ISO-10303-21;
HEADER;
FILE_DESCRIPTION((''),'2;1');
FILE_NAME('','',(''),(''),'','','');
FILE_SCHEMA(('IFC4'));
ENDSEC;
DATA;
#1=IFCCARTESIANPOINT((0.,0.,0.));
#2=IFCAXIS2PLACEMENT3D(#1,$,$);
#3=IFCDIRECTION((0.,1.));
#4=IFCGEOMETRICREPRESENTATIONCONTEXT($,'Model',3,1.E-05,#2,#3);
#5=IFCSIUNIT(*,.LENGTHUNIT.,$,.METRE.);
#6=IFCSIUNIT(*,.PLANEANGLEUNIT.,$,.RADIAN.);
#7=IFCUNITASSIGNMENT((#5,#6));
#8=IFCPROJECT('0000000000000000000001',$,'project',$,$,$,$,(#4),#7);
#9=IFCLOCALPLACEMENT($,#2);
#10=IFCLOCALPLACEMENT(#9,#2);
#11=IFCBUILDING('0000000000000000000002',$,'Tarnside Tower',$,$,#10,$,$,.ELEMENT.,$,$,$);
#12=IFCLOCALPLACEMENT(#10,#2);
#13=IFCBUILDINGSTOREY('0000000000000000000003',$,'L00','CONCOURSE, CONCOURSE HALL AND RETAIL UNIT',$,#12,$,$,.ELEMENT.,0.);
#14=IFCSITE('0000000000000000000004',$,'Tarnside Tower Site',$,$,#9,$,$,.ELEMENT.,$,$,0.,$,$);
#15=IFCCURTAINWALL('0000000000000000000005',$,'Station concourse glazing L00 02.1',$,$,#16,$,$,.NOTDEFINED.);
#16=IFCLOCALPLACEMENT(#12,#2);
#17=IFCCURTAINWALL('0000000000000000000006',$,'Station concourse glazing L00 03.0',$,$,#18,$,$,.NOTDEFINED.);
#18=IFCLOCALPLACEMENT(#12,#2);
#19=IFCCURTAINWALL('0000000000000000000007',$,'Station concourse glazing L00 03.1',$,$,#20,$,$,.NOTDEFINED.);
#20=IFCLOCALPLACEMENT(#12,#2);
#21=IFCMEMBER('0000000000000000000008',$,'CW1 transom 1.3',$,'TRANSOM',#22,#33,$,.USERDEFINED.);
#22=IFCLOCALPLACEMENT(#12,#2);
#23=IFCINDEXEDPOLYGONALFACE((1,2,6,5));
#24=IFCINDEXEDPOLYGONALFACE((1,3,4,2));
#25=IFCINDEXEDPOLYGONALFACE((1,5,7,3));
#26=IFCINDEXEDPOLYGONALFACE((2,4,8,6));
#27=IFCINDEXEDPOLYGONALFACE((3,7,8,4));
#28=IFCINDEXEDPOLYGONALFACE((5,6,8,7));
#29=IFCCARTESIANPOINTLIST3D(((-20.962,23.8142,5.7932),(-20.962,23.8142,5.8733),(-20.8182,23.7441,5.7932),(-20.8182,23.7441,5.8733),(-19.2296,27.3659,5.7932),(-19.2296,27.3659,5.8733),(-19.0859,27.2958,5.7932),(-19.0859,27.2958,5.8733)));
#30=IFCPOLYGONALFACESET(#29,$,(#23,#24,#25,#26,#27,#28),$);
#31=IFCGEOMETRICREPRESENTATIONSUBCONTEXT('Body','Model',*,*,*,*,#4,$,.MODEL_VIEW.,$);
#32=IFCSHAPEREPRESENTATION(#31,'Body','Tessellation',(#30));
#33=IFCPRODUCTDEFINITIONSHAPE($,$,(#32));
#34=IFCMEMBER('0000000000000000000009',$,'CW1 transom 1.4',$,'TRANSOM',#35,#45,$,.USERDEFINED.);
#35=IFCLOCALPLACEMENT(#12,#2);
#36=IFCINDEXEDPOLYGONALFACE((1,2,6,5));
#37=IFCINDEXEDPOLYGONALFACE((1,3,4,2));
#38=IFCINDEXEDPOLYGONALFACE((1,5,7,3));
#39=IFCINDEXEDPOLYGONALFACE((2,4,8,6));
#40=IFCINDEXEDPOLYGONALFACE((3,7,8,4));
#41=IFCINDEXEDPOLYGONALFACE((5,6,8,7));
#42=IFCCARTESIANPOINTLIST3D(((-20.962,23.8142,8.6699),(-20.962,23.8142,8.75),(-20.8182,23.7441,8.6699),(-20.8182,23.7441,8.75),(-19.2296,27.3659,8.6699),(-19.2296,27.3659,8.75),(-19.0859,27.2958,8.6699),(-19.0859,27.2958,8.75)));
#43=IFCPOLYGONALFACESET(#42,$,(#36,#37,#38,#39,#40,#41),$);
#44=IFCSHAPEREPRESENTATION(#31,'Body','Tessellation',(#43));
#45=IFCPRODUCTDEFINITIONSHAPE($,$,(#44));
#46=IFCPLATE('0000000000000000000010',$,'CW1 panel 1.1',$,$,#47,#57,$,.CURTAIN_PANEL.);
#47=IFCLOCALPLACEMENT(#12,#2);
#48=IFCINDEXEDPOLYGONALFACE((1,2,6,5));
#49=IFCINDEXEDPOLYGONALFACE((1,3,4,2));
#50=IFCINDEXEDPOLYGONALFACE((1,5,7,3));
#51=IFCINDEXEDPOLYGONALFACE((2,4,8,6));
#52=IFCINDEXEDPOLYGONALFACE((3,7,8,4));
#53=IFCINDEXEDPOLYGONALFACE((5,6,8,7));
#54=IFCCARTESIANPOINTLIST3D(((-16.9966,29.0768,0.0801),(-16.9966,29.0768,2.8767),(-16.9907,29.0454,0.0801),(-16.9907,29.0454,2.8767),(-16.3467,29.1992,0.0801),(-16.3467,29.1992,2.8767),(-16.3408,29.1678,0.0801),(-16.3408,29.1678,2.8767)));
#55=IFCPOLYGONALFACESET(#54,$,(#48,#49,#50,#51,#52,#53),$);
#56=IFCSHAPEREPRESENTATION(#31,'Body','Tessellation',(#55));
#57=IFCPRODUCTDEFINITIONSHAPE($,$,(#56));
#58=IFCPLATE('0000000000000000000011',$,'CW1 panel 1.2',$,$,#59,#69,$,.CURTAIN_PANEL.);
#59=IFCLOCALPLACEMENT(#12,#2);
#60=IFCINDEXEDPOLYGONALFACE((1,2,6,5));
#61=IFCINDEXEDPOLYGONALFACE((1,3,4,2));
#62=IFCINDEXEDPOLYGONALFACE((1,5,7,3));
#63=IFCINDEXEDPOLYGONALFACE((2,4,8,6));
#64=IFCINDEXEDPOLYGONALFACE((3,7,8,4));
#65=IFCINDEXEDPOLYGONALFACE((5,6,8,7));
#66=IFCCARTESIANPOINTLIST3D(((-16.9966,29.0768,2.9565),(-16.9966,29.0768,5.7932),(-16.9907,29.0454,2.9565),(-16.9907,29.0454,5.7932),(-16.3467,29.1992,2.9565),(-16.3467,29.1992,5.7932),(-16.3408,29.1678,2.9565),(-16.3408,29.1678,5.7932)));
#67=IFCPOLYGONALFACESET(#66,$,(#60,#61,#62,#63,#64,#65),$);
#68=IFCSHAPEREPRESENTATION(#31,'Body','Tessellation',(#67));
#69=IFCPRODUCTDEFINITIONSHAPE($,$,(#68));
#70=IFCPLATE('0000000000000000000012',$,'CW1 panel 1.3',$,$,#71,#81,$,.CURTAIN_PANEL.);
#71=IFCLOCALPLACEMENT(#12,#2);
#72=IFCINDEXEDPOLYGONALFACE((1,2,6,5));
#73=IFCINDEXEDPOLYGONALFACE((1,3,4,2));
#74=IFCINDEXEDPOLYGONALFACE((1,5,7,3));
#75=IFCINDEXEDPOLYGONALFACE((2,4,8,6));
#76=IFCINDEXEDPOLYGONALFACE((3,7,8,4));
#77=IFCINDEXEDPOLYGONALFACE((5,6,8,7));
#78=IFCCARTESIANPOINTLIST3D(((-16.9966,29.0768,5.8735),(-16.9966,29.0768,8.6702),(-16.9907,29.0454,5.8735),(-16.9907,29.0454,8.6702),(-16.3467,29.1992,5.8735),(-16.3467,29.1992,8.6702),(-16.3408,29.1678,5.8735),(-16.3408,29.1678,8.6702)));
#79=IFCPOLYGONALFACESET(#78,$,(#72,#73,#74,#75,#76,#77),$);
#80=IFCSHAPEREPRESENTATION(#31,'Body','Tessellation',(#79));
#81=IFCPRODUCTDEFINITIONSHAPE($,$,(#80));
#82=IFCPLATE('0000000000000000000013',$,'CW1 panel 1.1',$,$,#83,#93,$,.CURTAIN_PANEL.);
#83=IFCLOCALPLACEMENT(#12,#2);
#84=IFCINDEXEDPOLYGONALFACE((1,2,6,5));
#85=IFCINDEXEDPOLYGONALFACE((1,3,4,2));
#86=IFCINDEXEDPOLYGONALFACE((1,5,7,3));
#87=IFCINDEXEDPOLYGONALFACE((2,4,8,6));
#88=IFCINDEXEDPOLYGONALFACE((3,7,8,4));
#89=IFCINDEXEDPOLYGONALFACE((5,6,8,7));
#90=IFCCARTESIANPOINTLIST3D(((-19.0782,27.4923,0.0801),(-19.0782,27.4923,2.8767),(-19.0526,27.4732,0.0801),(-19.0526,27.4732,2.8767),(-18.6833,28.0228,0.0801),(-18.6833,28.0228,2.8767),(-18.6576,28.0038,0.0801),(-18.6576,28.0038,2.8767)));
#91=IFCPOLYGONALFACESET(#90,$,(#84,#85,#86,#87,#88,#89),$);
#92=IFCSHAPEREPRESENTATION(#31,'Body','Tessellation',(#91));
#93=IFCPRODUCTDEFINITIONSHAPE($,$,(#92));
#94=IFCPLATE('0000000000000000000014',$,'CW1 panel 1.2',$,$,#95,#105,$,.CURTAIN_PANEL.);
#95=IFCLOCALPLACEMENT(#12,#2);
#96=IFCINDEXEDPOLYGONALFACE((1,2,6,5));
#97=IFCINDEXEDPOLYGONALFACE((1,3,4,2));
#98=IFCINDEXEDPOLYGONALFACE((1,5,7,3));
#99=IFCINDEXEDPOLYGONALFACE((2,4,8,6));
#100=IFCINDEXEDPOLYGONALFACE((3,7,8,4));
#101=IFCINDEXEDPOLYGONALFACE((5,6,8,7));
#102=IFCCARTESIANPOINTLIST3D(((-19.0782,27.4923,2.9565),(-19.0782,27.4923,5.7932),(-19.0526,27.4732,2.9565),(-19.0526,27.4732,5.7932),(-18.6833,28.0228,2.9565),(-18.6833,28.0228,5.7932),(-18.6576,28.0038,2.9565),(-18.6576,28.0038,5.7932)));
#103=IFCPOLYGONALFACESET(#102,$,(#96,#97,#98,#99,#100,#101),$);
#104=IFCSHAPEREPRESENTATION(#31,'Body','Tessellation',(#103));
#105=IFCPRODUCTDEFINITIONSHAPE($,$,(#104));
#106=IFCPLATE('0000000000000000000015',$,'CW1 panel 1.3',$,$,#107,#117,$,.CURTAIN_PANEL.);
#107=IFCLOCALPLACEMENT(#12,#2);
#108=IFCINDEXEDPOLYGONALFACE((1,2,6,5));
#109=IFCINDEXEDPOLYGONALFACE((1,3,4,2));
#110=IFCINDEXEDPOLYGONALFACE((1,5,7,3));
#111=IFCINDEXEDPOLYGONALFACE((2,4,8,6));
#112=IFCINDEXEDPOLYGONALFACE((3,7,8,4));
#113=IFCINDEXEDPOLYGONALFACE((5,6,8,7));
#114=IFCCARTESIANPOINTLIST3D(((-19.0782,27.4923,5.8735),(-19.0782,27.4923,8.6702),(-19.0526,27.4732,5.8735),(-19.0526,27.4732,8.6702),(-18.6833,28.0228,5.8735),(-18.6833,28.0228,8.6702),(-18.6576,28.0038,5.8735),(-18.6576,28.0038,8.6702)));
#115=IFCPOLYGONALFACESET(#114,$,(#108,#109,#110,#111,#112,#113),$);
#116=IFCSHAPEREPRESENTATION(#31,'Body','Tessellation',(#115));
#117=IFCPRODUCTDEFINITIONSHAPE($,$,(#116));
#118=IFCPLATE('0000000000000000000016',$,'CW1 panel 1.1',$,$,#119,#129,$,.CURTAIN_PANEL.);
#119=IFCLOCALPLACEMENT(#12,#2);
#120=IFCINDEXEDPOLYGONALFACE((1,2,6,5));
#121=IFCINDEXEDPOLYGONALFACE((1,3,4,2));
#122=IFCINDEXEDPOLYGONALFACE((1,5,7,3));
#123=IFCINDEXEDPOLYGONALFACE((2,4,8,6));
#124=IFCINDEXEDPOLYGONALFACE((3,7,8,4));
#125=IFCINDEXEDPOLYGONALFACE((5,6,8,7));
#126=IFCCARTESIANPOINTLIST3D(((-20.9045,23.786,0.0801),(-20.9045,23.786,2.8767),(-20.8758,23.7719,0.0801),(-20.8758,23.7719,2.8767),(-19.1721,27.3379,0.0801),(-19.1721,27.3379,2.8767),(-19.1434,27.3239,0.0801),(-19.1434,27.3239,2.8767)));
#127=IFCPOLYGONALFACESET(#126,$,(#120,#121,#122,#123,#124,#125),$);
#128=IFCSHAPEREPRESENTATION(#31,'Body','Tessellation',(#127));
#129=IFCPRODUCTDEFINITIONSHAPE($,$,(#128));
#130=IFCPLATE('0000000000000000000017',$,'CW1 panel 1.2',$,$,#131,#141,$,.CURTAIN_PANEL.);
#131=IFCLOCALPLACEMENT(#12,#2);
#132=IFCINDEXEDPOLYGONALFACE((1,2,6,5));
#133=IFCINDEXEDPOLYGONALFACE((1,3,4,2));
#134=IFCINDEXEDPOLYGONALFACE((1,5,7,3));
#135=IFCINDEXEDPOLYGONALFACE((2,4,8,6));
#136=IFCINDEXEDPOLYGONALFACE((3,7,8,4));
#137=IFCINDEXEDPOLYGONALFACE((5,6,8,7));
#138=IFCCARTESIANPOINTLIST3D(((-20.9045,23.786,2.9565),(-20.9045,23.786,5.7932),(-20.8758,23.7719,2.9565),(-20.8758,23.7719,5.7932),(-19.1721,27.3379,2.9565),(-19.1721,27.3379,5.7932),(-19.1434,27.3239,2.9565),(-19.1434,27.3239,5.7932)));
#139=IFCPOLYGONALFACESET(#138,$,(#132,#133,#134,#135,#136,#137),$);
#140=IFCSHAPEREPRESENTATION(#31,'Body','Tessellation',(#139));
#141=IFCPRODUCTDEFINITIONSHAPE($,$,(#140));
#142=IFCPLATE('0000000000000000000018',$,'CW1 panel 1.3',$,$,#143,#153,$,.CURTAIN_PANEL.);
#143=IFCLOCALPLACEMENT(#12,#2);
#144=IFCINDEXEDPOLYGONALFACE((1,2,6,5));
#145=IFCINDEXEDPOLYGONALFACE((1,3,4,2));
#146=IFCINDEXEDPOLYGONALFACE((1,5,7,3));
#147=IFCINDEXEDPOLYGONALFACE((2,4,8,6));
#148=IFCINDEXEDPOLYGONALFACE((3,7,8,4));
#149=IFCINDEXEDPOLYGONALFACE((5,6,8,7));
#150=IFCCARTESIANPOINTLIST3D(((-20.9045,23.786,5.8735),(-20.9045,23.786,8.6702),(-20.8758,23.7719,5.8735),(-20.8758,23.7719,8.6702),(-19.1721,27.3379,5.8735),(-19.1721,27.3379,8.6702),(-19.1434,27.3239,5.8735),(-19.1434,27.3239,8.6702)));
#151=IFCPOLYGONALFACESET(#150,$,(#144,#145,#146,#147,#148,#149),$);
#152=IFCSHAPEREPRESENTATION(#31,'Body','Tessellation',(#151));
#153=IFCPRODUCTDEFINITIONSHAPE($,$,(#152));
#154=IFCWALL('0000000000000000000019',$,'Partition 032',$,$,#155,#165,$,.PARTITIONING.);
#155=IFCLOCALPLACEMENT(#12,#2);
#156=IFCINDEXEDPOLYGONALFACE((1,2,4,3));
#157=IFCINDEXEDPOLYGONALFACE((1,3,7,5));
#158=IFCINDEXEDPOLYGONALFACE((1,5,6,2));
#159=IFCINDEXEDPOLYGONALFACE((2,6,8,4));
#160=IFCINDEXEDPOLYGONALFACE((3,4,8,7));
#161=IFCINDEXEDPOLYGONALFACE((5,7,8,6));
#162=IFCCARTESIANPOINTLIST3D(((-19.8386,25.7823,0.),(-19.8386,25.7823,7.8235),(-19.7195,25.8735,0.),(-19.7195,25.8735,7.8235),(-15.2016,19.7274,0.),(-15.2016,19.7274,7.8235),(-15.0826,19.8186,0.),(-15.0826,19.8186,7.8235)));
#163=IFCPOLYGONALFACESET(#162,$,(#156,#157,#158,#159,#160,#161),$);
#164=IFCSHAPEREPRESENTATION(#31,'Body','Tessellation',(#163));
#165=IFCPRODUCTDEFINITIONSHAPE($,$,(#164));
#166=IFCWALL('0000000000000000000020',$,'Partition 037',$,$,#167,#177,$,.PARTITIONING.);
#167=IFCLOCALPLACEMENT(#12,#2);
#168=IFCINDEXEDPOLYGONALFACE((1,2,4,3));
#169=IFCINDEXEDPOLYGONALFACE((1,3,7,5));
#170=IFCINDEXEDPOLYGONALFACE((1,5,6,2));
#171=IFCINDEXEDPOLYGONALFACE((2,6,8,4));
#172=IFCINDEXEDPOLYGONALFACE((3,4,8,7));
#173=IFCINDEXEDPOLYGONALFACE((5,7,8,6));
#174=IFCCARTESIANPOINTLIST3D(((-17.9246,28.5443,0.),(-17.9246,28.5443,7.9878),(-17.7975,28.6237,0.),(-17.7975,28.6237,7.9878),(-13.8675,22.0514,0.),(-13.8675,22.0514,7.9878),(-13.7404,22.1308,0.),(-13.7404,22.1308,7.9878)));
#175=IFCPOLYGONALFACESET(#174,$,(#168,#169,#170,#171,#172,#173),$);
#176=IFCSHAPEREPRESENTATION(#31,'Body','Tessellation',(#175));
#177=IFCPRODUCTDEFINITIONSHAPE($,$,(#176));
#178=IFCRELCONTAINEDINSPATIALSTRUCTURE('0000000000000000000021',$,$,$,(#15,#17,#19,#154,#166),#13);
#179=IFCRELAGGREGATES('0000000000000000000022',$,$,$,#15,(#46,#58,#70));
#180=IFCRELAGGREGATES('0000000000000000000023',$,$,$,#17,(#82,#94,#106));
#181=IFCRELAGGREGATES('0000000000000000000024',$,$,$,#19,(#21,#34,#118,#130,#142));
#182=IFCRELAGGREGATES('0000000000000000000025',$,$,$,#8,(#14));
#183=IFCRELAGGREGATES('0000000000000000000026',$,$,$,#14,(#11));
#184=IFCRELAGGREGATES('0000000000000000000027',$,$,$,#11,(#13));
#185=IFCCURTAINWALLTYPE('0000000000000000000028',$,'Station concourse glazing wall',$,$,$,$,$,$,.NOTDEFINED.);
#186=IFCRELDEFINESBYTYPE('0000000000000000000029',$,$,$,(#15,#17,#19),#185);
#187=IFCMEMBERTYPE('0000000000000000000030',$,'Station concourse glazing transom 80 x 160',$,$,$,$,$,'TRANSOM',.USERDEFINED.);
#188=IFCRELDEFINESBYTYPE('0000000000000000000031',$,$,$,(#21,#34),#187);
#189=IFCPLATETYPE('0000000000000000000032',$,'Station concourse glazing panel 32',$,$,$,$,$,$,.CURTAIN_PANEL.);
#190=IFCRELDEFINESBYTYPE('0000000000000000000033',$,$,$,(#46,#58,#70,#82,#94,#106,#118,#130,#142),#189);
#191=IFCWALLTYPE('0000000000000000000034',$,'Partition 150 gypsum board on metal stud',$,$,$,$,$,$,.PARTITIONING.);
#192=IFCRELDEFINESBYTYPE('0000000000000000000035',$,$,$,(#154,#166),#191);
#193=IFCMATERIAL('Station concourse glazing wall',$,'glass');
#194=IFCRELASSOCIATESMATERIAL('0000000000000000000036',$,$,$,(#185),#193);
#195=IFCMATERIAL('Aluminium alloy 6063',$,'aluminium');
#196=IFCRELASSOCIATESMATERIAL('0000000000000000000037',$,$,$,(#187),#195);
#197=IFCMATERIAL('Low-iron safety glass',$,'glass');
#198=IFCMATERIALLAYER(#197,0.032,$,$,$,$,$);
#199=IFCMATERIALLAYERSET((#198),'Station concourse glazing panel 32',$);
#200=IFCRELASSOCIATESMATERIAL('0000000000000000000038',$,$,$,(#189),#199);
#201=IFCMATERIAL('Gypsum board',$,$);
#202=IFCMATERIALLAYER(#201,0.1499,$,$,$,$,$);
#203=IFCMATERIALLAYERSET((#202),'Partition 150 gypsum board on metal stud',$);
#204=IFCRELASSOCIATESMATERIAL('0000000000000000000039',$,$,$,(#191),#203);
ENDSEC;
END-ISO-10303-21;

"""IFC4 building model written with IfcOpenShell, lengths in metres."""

from ifc_helpers import new_model, si_unit, direction, frame, frame_2d, origin, origin_2d, place, context, subcontext, project, spatial, rectangle, extrude, material, layer, layer_set, material_profile, profile_set, type_object, element, aggregate, save


model = new_model("IFC4")

# Units and contexts
model_context = context("Model", 3, precision=1e-05, world=origin(), true_north=direction((0.0, 1.0)))
body_context = subcontext(model_context, "Body", "Model", "MODEL_VIEW")
ifc_project = project(units=[si_unit("LENGTHUNIT", "METRE"), si_unit("PLANEANGLEUNIT", "RADIAN")], contexts=[model_context])

# Site, building, storey
site_placement = place(None, origin())
site = spatial("IfcSite", under=ifc_project, at=site_placement, Name="Tarnside Tower Site", CompositionType="ELEMENT", RefElevation=0.0)
building_placement = place(site_placement, origin())
building = spatial("IfcBuilding", under=site, at=building_placement, Name="Tarnside Tower", CompositionType="ELEMENT")
storey_placement = place(building_placement, origin())
storey = spatial("IfcBuildingStorey", under=building, at=storey_placement, Name="L00", Description="CONCOURSE, CONCOURSE HALL AND RETAIL UNIT", CompositionType="ELEMENT", Elevation=0.0)

# Shared definitions
ifc_material_1 = material(Name="Station concourse glazing wall", Category="glass")
curtain_wall_type = type_object("IfcCurtainWallType", Name="Station concourse glazing wall", PredefinedType="NOTDEFINED", material=ifc_material_1)
ifc_material_2 = material(Name="Aluminium alloy 6063", Category="aluminium")

# Curtain walls
curtain_wall_1_placement = place(storey_placement, origin())
curtain_wall_1 = element("IfcCurtainWall", 1, at=curtain_wall_1_placement, inside=storey, type_object=curtain_wall_type, Name="Station concourse glazing L00 02.1", PredefinedType="NOTDEFINED")
curtain_wall_2_placement = place(storey_placement, origin())
curtain_wall_2 = element("IfcCurtainWall", 2, at=curtain_wall_2_placement, inside=storey, type_object=curtain_wall_type, Name="Station concourse glazing L00 03.0", PredefinedType="NOTDEFINED")
curtain_wall_3_placement = place(storey_placement, origin())
curtain_wall_3 = element("IfcCurtainWall", 3, at=curtain_wall_3_placement, inside=storey, type_object=curtain_wall_type, Name="Station concourse glazing L00 03.1", PredefinedType="NOTDEFINED")

# Members
ifc_material_profile_1 = material_profile(ifc_material_2, rectangle(XDim=0.1599, YDim=0.0801, at=origin_2d()), Name="Station concourse glazing transom 80 x 160")
ifc_profile_set_1 = profile_set([ifc_material_profile_1], Name="Aluminium alloy 6063")
member_type_1 = type_object("IfcMemberType", Name="Station concourse glazing transom 80 x 160", ElementType="TRANSOM", PredefinedType="USERDEFINED", material=ifc_profile_set_1)
member_1_placement = place(storey_placement, frame((-19.1577, 27.3308, 5.8333), z_axis=(-0.438394, -0.898783, 0.0), x_axis=(0.898783, -0.438394, 0.0)))
member_1 = element("IfcMember", 4, at=member_1_placement, type_object=member_type_1, Name="CW1 transom 1.3", ObjectType="TRANSOM", PredefinedType="USERDEFINED", context=body_context, shape_type="SweptSolid", body=[
    extrude(rectangle(XDim=0.1599, YDim=0.0801, at=origin_2d()), origin(), (0.0, 0.0, 1.0), 3.9517),
])
member_2_placement = place(storey_placement, frame((-19.1577, 27.3308, 8.71), z_axis=(-0.438394, -0.898783, 0.0), x_axis=(0.898783, -0.438394, 0.0)))
member_2 = element("IfcMember", 5, at=member_2_placement, type_object=member_type_1, Name="CW1 transom 1.4", ObjectType="TRANSOM", PredefinedType="USERDEFINED", context=body_context, shape_type="SweptSolid", body=[
    extrude(rectangle(XDim=0.1599, YDim=0.0801, at=origin_2d()), origin(), (0.0, 0.0, 1.0), 3.9517),
])

# Plates
ifc_material_3 = material(Name="Low-iron safety glass", Category="glass")
ifc_layer_1 = layer(ifc_material_3, 0.032)
ifc_layer_set_1 = layer_set([ifc_layer_1], Name="Station concourse glazing panel 32")
plate_type = type_object("IfcPlateType", Name="Station concourse glazing panel 32", PredefinedType="CURTAIN_PANEL", material=ifc_layer_set_1)
plate_1_placement = place(storey_placement, frame((-16.6687, 29.1223, 0.0801), z_axis=(0.0, 0.0, 1.0), x_axis=(-0.982721, -0.185095, 0.0)))
plate_1 = element("IfcPlate", 6, at=plate_1_placement, type_object=plate_type, Name="CW1 panel 1.1", PredefinedType="CURTAIN_PANEL", context=body_context, shape_type="SweptSolid", body=[
    extrude(rectangle(XDim=0.6614, YDim=0.032, at=origin_2d()), origin(), (0.0, 0.0, 1.0), 2.7966),
])
plate_2_placement = place(storey_placement, frame((-16.6687, 29.1223, 2.9565), z_axis=(0.0, 0.0, 1.0), x_axis=(-0.982721, -0.185095, 0.0)))
plate_2 = element("IfcPlate", 7, at=plate_2_placement, type_object=plate_type, Name="CW1 panel 1.2", PredefinedType="CURTAIN_PANEL", context=body_context, shape_type="SweptSolid", body=[
    extrude(rectangle(XDim=0.6614, YDim=0.032, at=origin_2d()), origin(), (0.0, 0.0, 1.0), 2.8367),
])
plate_3_placement = place(storey_placement, frame((-16.6687, 29.1223, 5.8735), z_axis=(0.0, 0.0, 1.0), x_axis=(-0.982721, -0.185095, 0.0)))
plate_3 = element("IfcPlate", 8, at=plate_3_placement, type_object=plate_type, Name="CW1 panel 1.3", PredefinedType="CURTAIN_PANEL", context=body_context, shape_type="SweptSolid", body=[
    extrude(rectangle(XDim=0.6614, YDim=0.032, at=origin_2d()), origin(), (0.0, 0.0, 1.0), 2.7966),
])
aggregate(curtain_wall_1, [plate_1, plate_2, plate_3])
plate_4_placement = place(storey_placement, frame((-18.8679, 27.748, 0.0801), z_axis=(0.0, 0.0, 1.0), x_axis=(-0.597159, -0.802123, 0.0)))
plate_4 = element("IfcPlate", 9, at=plate_4_placement, type_object=plate_type, Name="CW1 panel 1.1", PredefinedType="CURTAIN_PANEL", context=body_context, shape_type="SweptSolid", body=[
    extrude(rectangle(XDim=0.6614, YDim=0.032, at=origin_2d()), origin(), (0.0, 0.0, 1.0), 2.7966),
])
plate_5_placement = place(storey_placement, frame((-18.8679, 27.748, 2.9565), z_axis=(0.0, 0.0, 1.0), x_axis=(-0.597159, -0.802123, 0.0)))
plate_5 = element("IfcPlate", 10, at=plate_5_placement, type_object=plate_type, Name="CW1 panel 1.2", PredefinedType="CURTAIN_PANEL", context=body_context, shape_type="SweptSolid", body=[
    extrude(rectangle(XDim=0.6614, YDim=0.032, at=origin_2d()), origin(), (0.0, 0.0, 1.0), 2.8367),
])
plate_6_placement = place(storey_placement, frame((-18.8679, 27.748, 5.8735), z_axis=(0.0, 0.0, 1.0), x_axis=(-0.597159, -0.802123, 0.0)))
plate_6 = element("IfcPlate", 11, at=plate_6_placement, type_object=plate_type, Name="CW1 panel 1.3", PredefinedType="CURTAIN_PANEL", context=body_context, shape_type="SweptSolid", body=[
    extrude(rectangle(XDim=0.6614, YDim=0.032, at=origin_2d()), origin(), (0.0, 0.0, 1.0), 2.7966),
])
aggregate(curtain_wall_2, [plate_4, plate_5, plate_6])
plate_7_placement = place(storey_placement, frame((-20.0239, 25.5549, 0.0801), z_axis=(0.0, 0.0, 1.0), x_axis=(-0.438371, -0.898794, 0.0)))
plate_7 = element("IfcPlate", 12, at=plate_7_placement, type_object=plate_type, Name="CW1 panel 1.1", PredefinedType="CURTAIN_PANEL", context=body_context, shape_type="SweptSolid", body=[
    extrude(rectangle(XDim=3.9519, YDim=0.032, at=origin_2d()), origin(), (0.0, 0.0, 1.0), 2.7966),
])
plate_8_placement = place(storey_placement, frame((-20.0239, 25.5549, 2.9565), z_axis=(0.0, 0.0, 1.0), x_axis=(-0.438371, -0.898794, 0.0)))
plate_8 = element("IfcPlate", 13, at=plate_8_placement, type_object=plate_type, Name="CW1 panel 1.2", PredefinedType="CURTAIN_PANEL", context=body_context, shape_type="SweptSolid", body=[
    extrude(rectangle(XDim=3.9519, YDim=0.032, at=origin_2d()), origin(), (0.0, 0.0, 1.0), 2.8367),
])
plate_9_placement = place(storey_placement, frame((-20.0239, 25.5549, 5.8735), z_axis=(0.0, 0.0, 1.0), x_axis=(-0.438371, -0.898794, 0.0)))
plate_9 = element("IfcPlate", 14, at=plate_9_placement, type_object=plate_type, Name="CW1 panel 1.3", PredefinedType="CURTAIN_PANEL", context=body_context, shape_type="SweptSolid", body=[
    extrude(rectangle(XDim=3.9519, YDim=0.032, at=origin_2d()), origin(), (0.0, 0.0, 1.0), 2.7966),
])
aggregate(curtain_wall_3, [member_1, member_2, plate_7, plate_8, plate_9])

# Walls
ifc_material_4 = material(Name="Gypsum board")
ifc_layer_2 = layer(ifc_material_4, 0.1499)
ifc_layer_set_2 = layer_set([ifc_layer_2], Name="Partition 150 gypsum board on metal stud")
wall_type = type_object("IfcWallType", Name="Partition 150 gypsum board on metal stud", PredefinedType="PARTITIONING", material=ifc_layer_set_2)
wall_1_placement = place(storey_placement, frame((-19.7791, 25.8279, 0.0), z_axis=(0.0, 0.0, 1.0), x_axis=(0.608006, -0.793932, 0.0)))
element("IfcWall", 15, at=wall_1_placement, inside=storey, type_object=wall_type, Name="Partition 032", PredefinedType="PARTITIONING", context=body_context, shape_type="SweptSolid", body=[
    extrude(rectangle(XDim=7.6265, YDim=0.1499, at=frame_2d((3.8132, 0.0))), origin(), (0.0, 0.0, 1.0), 7.8235),
])
wall_2_placement = place(storey_placement, frame((-17.8611, 28.584, 0.0), z_axis=(0.0, 0.0, 1.0), x_axis=(0.52991, -0.848054, 0.0)))
element("IfcWall", 16, at=wall_2_placement, inside=storey, type_object=wall_type, Name="Partition 037", PredefinedType="PARTITIONING", context=body_context, shape_type="SweptSolid", body=[
    extrude(rectangle(XDim=7.6562, YDim=0.1499, at=frame_2d((3.8281, 0.0))), origin(), (0.0, 0.0, 1.0), 7.9878),
])

save(model, "model.ifc")
